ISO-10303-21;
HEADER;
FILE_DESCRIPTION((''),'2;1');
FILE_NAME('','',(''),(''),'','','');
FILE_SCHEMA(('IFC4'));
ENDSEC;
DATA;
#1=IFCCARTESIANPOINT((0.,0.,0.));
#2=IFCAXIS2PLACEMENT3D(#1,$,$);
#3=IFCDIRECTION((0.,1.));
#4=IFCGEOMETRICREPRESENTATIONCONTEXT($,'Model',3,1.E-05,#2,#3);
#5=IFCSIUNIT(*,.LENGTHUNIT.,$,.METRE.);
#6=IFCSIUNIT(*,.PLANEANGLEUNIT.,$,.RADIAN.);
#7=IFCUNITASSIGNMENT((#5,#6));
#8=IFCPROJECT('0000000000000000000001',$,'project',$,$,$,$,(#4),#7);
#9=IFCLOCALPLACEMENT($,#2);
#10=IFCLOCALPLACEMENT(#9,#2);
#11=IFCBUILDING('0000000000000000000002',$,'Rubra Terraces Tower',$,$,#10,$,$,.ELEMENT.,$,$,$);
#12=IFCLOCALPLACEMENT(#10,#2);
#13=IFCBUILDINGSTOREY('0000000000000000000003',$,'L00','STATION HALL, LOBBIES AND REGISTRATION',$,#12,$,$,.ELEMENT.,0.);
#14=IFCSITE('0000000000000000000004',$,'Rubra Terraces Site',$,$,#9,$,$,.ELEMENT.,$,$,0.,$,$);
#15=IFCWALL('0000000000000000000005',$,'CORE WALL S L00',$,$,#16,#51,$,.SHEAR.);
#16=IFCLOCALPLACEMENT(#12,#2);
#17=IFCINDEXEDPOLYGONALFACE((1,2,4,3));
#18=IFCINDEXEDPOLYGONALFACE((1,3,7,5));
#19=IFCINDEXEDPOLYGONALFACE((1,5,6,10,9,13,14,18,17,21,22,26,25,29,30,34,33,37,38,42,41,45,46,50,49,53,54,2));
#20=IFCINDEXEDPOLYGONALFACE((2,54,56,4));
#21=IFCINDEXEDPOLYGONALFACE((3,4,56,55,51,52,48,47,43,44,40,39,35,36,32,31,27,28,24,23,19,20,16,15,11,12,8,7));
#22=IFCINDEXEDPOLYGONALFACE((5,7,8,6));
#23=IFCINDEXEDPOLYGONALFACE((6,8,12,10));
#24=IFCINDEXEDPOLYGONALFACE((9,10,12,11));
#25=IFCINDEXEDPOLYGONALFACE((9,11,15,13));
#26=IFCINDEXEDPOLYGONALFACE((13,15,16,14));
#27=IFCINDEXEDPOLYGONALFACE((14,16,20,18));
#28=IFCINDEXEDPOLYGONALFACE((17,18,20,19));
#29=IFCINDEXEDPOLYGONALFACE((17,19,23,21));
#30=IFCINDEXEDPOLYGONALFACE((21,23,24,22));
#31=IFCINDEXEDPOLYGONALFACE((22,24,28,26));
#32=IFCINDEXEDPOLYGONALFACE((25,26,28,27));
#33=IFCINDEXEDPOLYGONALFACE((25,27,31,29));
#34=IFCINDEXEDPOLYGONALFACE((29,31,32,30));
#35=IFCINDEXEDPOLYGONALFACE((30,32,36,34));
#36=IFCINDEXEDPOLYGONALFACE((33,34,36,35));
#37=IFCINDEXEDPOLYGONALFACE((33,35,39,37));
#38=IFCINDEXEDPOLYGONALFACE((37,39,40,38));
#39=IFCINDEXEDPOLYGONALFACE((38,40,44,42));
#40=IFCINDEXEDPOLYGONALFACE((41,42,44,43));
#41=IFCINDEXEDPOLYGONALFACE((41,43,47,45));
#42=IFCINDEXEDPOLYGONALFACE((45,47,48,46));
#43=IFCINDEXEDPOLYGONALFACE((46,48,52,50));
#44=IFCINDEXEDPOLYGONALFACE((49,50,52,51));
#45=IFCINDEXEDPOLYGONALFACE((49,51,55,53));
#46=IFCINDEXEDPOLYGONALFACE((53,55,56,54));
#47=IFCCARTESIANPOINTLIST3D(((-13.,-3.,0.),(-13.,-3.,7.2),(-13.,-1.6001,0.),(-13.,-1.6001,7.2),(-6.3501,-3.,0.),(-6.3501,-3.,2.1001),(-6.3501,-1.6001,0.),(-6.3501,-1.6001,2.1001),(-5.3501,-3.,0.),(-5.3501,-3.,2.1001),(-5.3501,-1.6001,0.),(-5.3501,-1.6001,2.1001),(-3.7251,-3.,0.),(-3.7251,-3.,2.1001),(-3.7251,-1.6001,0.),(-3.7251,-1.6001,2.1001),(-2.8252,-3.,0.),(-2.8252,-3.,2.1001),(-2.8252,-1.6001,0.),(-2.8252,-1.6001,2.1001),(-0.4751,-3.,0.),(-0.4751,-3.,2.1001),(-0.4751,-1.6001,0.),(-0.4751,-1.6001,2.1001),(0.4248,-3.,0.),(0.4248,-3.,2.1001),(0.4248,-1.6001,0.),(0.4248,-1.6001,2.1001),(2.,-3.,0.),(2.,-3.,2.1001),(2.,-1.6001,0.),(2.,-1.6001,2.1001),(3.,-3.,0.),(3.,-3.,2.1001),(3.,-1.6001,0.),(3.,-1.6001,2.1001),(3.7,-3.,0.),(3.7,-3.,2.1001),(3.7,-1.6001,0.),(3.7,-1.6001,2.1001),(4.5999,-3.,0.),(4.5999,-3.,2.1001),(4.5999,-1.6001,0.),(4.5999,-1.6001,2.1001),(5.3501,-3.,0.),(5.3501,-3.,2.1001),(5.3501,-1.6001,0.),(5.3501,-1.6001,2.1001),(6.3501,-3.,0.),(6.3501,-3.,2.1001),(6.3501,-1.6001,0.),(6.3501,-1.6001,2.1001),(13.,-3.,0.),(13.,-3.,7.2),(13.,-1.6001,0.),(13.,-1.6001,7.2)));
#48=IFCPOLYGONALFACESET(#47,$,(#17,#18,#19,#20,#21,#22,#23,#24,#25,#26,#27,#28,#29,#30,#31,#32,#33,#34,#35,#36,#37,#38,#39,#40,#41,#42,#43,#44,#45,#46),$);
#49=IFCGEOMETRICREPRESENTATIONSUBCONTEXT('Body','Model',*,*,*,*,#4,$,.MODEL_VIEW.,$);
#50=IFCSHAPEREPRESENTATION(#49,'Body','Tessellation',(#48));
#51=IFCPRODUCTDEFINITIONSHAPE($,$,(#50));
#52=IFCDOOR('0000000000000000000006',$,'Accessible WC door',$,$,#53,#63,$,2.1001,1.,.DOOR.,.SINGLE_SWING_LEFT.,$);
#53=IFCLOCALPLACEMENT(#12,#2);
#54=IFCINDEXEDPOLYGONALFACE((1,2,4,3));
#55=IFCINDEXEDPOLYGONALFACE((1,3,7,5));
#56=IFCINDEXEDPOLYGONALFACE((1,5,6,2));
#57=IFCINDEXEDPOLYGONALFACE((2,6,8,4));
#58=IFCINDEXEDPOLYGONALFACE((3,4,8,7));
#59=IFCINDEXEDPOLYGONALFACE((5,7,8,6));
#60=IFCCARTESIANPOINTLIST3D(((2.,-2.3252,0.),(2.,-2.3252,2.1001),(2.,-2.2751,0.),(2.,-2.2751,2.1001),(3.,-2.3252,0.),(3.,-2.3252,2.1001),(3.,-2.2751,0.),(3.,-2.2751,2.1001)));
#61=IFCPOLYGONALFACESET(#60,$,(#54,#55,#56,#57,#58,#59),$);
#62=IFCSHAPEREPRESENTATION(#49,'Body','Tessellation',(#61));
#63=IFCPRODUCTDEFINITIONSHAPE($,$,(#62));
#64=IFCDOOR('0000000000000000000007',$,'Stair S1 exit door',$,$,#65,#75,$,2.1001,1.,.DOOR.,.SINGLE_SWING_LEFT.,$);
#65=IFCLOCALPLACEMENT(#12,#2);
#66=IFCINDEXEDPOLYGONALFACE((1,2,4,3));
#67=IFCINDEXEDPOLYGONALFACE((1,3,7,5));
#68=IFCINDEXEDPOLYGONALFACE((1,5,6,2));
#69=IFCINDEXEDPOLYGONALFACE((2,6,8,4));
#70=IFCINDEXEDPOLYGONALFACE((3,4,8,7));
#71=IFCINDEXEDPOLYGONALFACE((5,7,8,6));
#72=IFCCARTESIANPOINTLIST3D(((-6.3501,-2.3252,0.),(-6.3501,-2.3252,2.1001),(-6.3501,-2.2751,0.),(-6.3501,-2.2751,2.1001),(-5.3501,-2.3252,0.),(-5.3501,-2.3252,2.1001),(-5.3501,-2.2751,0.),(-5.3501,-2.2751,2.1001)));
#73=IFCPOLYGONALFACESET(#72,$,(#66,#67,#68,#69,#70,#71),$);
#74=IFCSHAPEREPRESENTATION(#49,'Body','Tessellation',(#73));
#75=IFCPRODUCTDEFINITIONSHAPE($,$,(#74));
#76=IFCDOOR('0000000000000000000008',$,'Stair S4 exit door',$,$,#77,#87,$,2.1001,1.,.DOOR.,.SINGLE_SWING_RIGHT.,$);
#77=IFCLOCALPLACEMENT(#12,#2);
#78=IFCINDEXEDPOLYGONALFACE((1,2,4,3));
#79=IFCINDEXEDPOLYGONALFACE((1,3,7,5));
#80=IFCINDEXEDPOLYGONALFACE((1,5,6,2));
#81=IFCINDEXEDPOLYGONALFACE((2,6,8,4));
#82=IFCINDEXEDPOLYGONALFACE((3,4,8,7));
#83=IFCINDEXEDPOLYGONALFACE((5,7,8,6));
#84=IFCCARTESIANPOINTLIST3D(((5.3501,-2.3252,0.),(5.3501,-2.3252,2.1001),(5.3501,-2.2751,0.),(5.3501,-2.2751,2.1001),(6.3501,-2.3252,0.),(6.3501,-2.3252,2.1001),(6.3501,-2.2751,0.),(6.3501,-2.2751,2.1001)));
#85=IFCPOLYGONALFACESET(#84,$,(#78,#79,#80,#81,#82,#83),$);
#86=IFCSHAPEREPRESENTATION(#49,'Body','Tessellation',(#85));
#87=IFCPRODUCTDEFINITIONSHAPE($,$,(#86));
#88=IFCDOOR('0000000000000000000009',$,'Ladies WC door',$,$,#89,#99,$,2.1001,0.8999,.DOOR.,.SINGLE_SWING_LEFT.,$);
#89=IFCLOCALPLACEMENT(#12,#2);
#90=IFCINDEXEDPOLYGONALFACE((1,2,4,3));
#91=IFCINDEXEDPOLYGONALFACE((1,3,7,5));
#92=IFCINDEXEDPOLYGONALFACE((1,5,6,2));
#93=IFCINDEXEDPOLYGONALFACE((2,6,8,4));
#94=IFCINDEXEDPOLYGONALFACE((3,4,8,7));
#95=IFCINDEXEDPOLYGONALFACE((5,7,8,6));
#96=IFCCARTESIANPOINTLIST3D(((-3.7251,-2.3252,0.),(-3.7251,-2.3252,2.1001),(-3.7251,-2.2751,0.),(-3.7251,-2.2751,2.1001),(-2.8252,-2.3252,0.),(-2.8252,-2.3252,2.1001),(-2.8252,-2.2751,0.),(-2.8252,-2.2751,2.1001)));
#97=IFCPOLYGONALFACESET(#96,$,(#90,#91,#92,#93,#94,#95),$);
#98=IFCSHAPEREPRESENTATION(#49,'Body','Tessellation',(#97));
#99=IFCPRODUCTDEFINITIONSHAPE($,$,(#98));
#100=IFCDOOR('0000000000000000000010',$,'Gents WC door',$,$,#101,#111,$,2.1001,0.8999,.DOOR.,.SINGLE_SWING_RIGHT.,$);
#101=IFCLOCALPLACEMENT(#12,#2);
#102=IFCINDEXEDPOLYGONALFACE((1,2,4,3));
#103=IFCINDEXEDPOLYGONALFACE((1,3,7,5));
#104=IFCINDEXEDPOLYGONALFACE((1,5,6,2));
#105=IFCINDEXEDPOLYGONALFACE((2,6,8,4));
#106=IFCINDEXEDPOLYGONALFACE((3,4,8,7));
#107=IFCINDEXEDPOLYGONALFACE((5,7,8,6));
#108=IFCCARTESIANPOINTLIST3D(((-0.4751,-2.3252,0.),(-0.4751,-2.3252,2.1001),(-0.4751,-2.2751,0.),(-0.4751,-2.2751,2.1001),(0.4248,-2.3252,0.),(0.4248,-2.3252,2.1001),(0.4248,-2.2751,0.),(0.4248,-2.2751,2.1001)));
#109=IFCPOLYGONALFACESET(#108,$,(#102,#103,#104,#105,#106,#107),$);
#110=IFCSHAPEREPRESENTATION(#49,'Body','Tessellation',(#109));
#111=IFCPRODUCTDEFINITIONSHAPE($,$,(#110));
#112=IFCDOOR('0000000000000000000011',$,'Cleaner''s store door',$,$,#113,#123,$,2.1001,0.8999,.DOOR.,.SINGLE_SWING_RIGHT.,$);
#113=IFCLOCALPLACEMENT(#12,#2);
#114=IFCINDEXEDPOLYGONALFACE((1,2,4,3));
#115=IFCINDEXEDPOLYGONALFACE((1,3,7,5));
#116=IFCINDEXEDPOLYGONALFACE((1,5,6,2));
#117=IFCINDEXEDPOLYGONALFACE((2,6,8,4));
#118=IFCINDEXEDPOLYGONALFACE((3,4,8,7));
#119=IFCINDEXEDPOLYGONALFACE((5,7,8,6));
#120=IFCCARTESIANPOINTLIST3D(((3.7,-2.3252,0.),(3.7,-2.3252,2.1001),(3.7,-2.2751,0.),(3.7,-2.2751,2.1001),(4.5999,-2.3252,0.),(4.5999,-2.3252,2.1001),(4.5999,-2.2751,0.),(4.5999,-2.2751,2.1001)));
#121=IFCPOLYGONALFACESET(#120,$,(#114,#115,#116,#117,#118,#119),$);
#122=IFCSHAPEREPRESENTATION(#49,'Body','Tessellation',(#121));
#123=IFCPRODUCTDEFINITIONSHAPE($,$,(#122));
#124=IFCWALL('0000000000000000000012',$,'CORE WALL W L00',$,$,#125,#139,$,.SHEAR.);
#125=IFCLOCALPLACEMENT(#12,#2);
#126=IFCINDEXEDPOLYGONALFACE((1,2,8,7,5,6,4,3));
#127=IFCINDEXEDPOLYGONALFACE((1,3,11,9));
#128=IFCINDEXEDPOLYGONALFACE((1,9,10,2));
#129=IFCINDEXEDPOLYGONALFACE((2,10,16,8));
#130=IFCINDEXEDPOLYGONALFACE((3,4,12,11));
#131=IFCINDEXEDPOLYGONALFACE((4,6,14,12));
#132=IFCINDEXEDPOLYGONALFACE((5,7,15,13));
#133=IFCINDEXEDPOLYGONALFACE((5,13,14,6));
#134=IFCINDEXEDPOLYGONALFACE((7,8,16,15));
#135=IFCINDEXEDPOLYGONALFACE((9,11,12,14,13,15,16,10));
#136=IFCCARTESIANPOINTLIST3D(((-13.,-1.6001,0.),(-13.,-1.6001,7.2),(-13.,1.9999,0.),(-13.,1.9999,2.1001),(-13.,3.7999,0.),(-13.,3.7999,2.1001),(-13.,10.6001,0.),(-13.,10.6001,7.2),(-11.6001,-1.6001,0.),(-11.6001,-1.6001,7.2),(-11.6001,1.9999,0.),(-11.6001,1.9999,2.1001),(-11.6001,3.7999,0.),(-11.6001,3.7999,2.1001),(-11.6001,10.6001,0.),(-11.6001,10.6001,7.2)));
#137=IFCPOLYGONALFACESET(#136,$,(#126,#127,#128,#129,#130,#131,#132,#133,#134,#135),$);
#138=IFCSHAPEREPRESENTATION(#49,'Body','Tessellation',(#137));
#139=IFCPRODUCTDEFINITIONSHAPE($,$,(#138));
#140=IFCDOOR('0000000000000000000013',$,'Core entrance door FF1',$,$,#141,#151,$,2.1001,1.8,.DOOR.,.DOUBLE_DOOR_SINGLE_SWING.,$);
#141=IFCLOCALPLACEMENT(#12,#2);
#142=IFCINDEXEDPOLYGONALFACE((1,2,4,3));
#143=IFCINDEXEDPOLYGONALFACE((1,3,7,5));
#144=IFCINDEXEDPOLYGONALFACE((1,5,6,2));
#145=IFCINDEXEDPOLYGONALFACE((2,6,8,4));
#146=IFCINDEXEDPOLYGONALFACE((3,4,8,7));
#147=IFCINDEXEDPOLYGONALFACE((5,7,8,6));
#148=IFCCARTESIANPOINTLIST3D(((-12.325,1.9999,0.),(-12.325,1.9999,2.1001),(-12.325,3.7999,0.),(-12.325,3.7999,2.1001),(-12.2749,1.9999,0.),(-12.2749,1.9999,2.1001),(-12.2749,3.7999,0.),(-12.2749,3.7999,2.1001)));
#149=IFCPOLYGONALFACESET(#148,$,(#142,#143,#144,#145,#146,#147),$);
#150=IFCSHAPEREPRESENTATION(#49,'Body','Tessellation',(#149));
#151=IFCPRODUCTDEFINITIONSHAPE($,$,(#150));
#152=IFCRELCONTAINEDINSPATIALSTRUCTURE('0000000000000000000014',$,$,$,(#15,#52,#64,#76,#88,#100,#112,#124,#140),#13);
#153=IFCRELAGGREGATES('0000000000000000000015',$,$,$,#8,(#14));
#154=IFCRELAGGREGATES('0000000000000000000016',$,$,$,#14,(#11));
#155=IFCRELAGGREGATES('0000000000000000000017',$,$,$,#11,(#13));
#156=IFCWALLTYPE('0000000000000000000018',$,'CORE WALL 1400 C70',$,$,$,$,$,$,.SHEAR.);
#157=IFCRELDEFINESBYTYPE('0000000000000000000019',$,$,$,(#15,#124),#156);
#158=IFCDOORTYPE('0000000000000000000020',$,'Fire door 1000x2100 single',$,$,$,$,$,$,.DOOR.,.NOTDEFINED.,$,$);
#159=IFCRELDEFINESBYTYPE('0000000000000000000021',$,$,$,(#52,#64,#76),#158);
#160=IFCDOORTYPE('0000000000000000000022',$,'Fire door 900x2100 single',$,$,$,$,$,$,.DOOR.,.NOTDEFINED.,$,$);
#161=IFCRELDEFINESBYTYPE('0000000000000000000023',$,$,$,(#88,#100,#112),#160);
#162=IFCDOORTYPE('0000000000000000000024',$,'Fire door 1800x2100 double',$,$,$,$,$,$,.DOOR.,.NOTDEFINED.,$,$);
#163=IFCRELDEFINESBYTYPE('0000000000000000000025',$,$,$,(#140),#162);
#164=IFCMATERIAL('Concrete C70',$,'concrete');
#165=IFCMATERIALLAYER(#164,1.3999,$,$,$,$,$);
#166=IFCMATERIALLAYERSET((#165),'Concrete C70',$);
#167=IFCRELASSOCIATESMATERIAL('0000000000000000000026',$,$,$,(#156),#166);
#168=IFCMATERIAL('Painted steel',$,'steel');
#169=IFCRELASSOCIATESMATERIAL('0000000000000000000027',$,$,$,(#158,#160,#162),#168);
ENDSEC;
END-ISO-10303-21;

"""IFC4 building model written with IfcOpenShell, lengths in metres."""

from ifc_helpers import new_model, si_unit, direction, frame, frame_2d, origin, place, context, subcontext, project, spatial, rectangle, extrude, material, layer, layer_set, type_object, element, fill, save


model = new_model("IFC4")

# Units and contexts
model_context = context("Model", 3, precision=1e-05, world=origin(), true_north=direction((0.0, 1.0)))
body_context = subcontext(model_context, "Body", "Model", "MODEL_VIEW")
ifc_project = project(units=[si_unit("LENGTHUNIT", "METRE"), si_unit("PLANEANGLEUNIT", "RADIAN")], contexts=[model_context])

# Site, building, storey
site_placement = place(None, origin())
site = spatial("IfcSite", under=ifc_project, at=site_placement, Name="Rubra Terraces Site", CompositionType="ELEMENT", RefElevation=0.0)
building_placement = place(site_placement, origin())
building = spatial("IfcBuilding", under=site, at=building_placement, Name="Rubra Terraces Tower", CompositionType="ELEMENT")
storey_placement = place(building_placement, origin())
storey = spatial("IfcBuildingStorey", under=building, at=storey_placement, Name="L00", Description="STATION HALL, LOBBIES AND REGISTRATION", CompositionType="ELEMENT", Elevation=0.0)

# Wall, openings, doors
ifc_material_1 = material(Name="Concrete C70", Category="concrete")
ifc_layer_1 = layer(ifc_material_1, 1.3999)
ifc_layer_set_1 = layer_set([ifc_layer_1], Name="Concrete C70")
wall_type_1 = type_object("IfcWallType", Name="CORE WALL 1400 C70", PredefinedType="SHEAR", material=ifc_layer_set_1)
wall_1_placement = place(storey_placement, frame((-13.0, -2.3, 0.0), z_axis=(0.0, 0.0, 1.0), x_axis=(1.0, 0.0, 0.0)))
wall_1 = element("IfcWall", 1, at=wall_1_placement, inside=storey, type_object=wall_type_1, Name="CORE WALL S L00", PredefinedType="SHEAR", context=body_context, shape_type="SweptSolid", body=[
    extrude(rectangle(XDim=26.0, YDim=1.3999, at=frame_2d((13.0, 0.0))), origin(), (0.0, 0.0, 1.0), 7.2),
])
opening_1_placement = place(wall_1_placement, frame((9.2749, 0.0, 0.0)))
opening_1 = element("IfcOpeningElement", 2, at=opening_1_placement, cuts=wall_1, PredefinedType="OPENING", context=body_context, shape_type="SweptSolid", body=[
    extrude(rectangle(XDim=0.8999, YDim=2.1001, at=frame_2d((0.45, 1.05))), frame((0.0, 0.71, 0.0), z_axis=(0.0, -1.0, 0.0), x_axis=(1.0, 0.0, 0.0)), (0.0, 0.0, 1.0), 1.4199),
])
opening_2_placement = place(wall_1_placement, frame((12.5249, 0.0, 0.0)))
opening_2 = element("IfcOpeningElement", 3, at=opening_2_placement, cuts=wall_1, PredefinedType="OPENING", context=body_context, shape_type="SweptSolid", body=[
    extrude(rectangle(XDim=0.8999, YDim=2.1001, at=frame_2d((0.45, 1.05))), frame((0.0, 0.71, 0.0), z_axis=(0.0, -1.0, 0.0), x_axis=(1.0, 0.0, 0.0)), (0.0, 0.0, 1.0), 1.4199),
])
opening_3_placement = place(wall_1_placement, frame((15.0, 0.0, 0.0)))
opening_3 = element("IfcOpeningElement", 4, at=opening_3_placement, cuts=wall_1, PredefinedType="OPENING", context=body_context, shape_type="SweptSolid", body=[
    extrude(rectangle(XDim=1.0, YDim=2.1001, at=frame_2d((0.5, 1.05))), frame((0.0, 0.71, 0.0), z_axis=(0.0, -1.0, 0.0), x_axis=(1.0, 0.0, 0.0)), (0.0, 0.0, 1.0), 1.4199),
])
opening_4_placement = place(wall_1_placement, frame((16.7, 0.0, 0.0)))
opening_4 = element("IfcOpeningElement", 5, at=opening_4_placement, cuts=wall_1, PredefinedType="OPENING", context=body_context, shape_type="SweptSolid", body=[
    extrude(rectangle(XDim=0.8999, YDim=2.1001, at=frame_2d((0.45, 1.05))), frame((0.0, 0.71, 0.0), z_axis=(0.0, -1.0, 0.0), x_axis=(1.0, 0.0, 0.0)), (0.0, 0.0, 1.0), 1.4199),
])
opening_5_placement = place(wall_1_placement, frame((6.6499, 0.0, 0.0)))
opening_5 = element("IfcOpeningElement", 6, at=opening_5_placement, cuts=wall_1, PredefinedType="OPENING", context=body_context, shape_type="SweptSolid", body=[
    extrude(rectangle(XDim=1.0, YDim=2.1001, at=frame_2d((0.5, 1.05))), frame((0.0, 0.71, 0.0), z_axis=(0.0, -1.0, 0.0), x_axis=(1.0, 0.0, 0.0)), (0.0, 0.0, 1.0), 1.4199),
])
opening_6_placement = place(wall_1_placement, frame((18.3501, 0.0, 0.0)))
opening_6 = element("IfcOpeningElement", 7, at=opening_6_placement, cuts=wall_1, PredefinedType="OPENING", context=body_context, shape_type="SweptSolid", body=[
    extrude(rectangle(XDim=1.0, YDim=2.1001, at=frame_2d((0.5, 1.05))), frame((0.0, 0.71, 0.0), z_axis=(0.0, -1.0, 0.0), x_axis=(1.0, 0.0, 0.0)), (0.0, 0.0, 1.0), 1.4199),
])
ifc_material_2 = material(Name="Painted steel", Category="steel")
door_type_1 = type_object("IfcDoorType", Name="Fire door 1000x2100 single", OperationType="NOTDEFINED", PredefinedType="DOOR", material=ifc_material_2)
door_1_placement = place(opening_3_placement, origin())
door_1 = element("IfcDoor", 8, at=door_1_placement, inside=storey, type_object=door_type_1, Name="Accessible WC door", OperationType="SINGLE_SWING_LEFT", OverallHeight=2.1001, OverallWidth=1.0, PredefinedType="DOOR", context=body_context, shape_type="SweptSolid", body=[
    extrude(rectangle(XDim=1.0, YDim=2.1001, at=frame_2d((0.5, 1.05))), frame((0.0, 0.0249, 0.0), z_axis=(0.0, -1.0, 0.0), x_axis=(1.0, 0.0, 0.0)), (0.0, 0.0, 1.0), 0.05),
])
fill(opening_3, door_1)
door_2_placement = place(opening_5_placement, origin())
door_2 = element("IfcDoor", 9, at=door_2_placement, inside=storey, type_object=door_type_1, Name="Stair S1 exit door", OperationType="SINGLE_SWING_LEFT", OverallHeight=2.1001, OverallWidth=1.0, PredefinedType="DOOR", context=body_context, shape_type="SweptSolid", body=[
    extrude(rectangle(XDim=1.0, YDim=2.1001, at=frame_2d((0.5, 1.05))), frame((0.0, 0.0249, 0.0), z_axis=(0.0, -1.0, 0.0), x_axis=(1.0, 0.0, 0.0)), (0.0, 0.0, 1.0), 0.05),
])
fill(opening_5, door_2)
door_3_placement = place(opening_6_placement, origin())
door_3 = element("IfcDoor", 10, at=door_3_placement, inside=storey, type_object=door_type_1, Name="Stair S4 exit door", OperationType="SINGLE_SWING_RIGHT", OverallHeight=2.1001, OverallWidth=1.0, PredefinedType="DOOR", context=body_context, shape_type="SweptSolid", body=[
    extrude(rectangle(XDim=1.0, YDim=2.1001, at=frame_2d((0.5, 1.05))), frame((0.0, 0.0249, 0.0), z_axis=(0.0, -1.0, 0.0), x_axis=(1.0, 0.0, 0.0)), (0.0, 0.0, 1.0), 0.05),
])
fill(opening_6, door_3)
door_type_2 = type_object("IfcDoorType", Name="Fire door 900x2100 single", OperationType="NOTDEFINED", PredefinedType="DOOR", material=ifc_material_2)
door_4_placement = place(opening_1_placement, origin())
door_4 = element("IfcDoor", 11, at=door_4_placement, inside=storey, type_object=door_type_2, Name="Ladies WC door", OperationType="SINGLE_SWING_LEFT", OverallHeight=2.1001, OverallWidth=0.8999, PredefinedType="DOOR", context=body_context, shape_type="SweptSolid", body=[
    extrude(rectangle(XDim=0.8999, YDim=2.1001, at=frame_2d((0.45, 1.05))), frame((0.0, 0.0249, 0.0), z_axis=(0.0, -1.0, 0.0), x_axis=(1.0, 0.0, 0.0)), (0.0, 0.0, 1.0), 0.05),
])
fill(opening_1, door_4)
door_5_placement = place(opening_2_placement, origin())
door_5 = element("IfcDoor", 12, at=door_5_placement, inside=storey, type_object=door_type_2, Name="Gents WC door", OperationType="SINGLE_SWING_RIGHT", OverallHeight=2.1001, OverallWidth=0.8999, PredefinedType="DOOR", context=body_context, shape_type="SweptSolid", body=[
    extrude(rectangle(XDim=0.8999, YDim=2.1001, at=frame_2d((0.45, 1.05))), frame((0.0, 0.0249, 0.0), z_axis=(0.0, -1.0, 0.0), x_axis=(1.0, 0.0, 0.0)), (0.0, 0.0, 1.0), 0.05),
])
fill(opening_2, door_5)
door_6_placement = place(opening_4_placement, origin())
door_6 = element("IfcDoor", 13, at=door_6_placement, inside=storey, type_object=door_type_2, Name="Cleaner's store door", OperationType="SINGLE_SWING_RIGHT", OverallHeight=2.1001, OverallWidth=0.8999, PredefinedType="DOOR", context=body_context, shape_type="SweptSolid", body=[
    extrude(rectangle(XDim=0.8999, YDim=2.1001, at=frame_2d((0.45, 1.05))), frame((0.0, 0.0249, 0.0), z_axis=(0.0, -1.0, 0.0), x_axis=(1.0, 0.0, 0.0)), (0.0, 0.0, 1.0), 0.05),
])
fill(opening_4, door_6)

# Wall, opening, door
wall_2_placement = place(storey_placement, frame((-12.3, -1.6001, 0.0), z_axis=(0.0, 0.0, 1.0), x_axis=(0.0, 1.0, 0.0)))
wall_2 = element("IfcWall", 14, at=wall_2_placement, inside=storey, type_object=wall_type_1, Name="CORE WALL W L00", PredefinedType="SHEAR", context=body_context, shape_type="SweptSolid", body=[
    extrude(rectangle(XDim=12.2002, YDim=1.3999, at=frame_2d((6.1001, 0.0))), origin(), (0.0, 0.0, 1.0), 7.2),
])
opening_7_placement = place(wall_2_placement, frame((3.6001, 0.0, 0.0)))
opening_7 = element("IfcOpeningElement", 15, at=opening_7_placement, cuts=wall_2, PredefinedType="OPENING", context=body_context, shape_type="SweptSolid", body=[
    extrude(rectangle(XDim=1.8, YDim=2.1001, at=frame_2d((0.8999, 1.05))), frame((0.0, 0.71, 0.0), z_axis=(0.0, -1.0, 0.0), x_axis=(1.0, 0.0, 0.0)), (0.0, 0.0, 1.0), 1.4199),
])
door_type_3 = type_object("IfcDoorType", Name="Fire door 1800x2100 double", OperationType="NOTDEFINED", PredefinedType="DOOR", material=ifc_material_2)
door_7_placement = place(opening_7_placement, origin())
door_7 = element("IfcDoor", 16, at=door_7_placement, inside=storey, type_object=door_type_3, Name="Core entrance door FF1", OperationType="DOUBLE_DOOR_SINGLE_SWING", OverallHeight=2.1001, OverallWidth=1.8, PredefinedType="DOOR", context=body_context, shape_type="SweptSolid", body=[
    extrude(rectangle(XDim=1.8, YDim=2.1001, at=frame_2d((0.8999, 1.05))), frame((0.0, 0.0249, 0.0), z_axis=(0.0, -1.0, 0.0), x_axis=(1.0, 0.0, 0.0)), (0.0, 0.0, 1.0), 0.05),
])
fill(opening_7, door_7)

save(model, "model.ifc")
